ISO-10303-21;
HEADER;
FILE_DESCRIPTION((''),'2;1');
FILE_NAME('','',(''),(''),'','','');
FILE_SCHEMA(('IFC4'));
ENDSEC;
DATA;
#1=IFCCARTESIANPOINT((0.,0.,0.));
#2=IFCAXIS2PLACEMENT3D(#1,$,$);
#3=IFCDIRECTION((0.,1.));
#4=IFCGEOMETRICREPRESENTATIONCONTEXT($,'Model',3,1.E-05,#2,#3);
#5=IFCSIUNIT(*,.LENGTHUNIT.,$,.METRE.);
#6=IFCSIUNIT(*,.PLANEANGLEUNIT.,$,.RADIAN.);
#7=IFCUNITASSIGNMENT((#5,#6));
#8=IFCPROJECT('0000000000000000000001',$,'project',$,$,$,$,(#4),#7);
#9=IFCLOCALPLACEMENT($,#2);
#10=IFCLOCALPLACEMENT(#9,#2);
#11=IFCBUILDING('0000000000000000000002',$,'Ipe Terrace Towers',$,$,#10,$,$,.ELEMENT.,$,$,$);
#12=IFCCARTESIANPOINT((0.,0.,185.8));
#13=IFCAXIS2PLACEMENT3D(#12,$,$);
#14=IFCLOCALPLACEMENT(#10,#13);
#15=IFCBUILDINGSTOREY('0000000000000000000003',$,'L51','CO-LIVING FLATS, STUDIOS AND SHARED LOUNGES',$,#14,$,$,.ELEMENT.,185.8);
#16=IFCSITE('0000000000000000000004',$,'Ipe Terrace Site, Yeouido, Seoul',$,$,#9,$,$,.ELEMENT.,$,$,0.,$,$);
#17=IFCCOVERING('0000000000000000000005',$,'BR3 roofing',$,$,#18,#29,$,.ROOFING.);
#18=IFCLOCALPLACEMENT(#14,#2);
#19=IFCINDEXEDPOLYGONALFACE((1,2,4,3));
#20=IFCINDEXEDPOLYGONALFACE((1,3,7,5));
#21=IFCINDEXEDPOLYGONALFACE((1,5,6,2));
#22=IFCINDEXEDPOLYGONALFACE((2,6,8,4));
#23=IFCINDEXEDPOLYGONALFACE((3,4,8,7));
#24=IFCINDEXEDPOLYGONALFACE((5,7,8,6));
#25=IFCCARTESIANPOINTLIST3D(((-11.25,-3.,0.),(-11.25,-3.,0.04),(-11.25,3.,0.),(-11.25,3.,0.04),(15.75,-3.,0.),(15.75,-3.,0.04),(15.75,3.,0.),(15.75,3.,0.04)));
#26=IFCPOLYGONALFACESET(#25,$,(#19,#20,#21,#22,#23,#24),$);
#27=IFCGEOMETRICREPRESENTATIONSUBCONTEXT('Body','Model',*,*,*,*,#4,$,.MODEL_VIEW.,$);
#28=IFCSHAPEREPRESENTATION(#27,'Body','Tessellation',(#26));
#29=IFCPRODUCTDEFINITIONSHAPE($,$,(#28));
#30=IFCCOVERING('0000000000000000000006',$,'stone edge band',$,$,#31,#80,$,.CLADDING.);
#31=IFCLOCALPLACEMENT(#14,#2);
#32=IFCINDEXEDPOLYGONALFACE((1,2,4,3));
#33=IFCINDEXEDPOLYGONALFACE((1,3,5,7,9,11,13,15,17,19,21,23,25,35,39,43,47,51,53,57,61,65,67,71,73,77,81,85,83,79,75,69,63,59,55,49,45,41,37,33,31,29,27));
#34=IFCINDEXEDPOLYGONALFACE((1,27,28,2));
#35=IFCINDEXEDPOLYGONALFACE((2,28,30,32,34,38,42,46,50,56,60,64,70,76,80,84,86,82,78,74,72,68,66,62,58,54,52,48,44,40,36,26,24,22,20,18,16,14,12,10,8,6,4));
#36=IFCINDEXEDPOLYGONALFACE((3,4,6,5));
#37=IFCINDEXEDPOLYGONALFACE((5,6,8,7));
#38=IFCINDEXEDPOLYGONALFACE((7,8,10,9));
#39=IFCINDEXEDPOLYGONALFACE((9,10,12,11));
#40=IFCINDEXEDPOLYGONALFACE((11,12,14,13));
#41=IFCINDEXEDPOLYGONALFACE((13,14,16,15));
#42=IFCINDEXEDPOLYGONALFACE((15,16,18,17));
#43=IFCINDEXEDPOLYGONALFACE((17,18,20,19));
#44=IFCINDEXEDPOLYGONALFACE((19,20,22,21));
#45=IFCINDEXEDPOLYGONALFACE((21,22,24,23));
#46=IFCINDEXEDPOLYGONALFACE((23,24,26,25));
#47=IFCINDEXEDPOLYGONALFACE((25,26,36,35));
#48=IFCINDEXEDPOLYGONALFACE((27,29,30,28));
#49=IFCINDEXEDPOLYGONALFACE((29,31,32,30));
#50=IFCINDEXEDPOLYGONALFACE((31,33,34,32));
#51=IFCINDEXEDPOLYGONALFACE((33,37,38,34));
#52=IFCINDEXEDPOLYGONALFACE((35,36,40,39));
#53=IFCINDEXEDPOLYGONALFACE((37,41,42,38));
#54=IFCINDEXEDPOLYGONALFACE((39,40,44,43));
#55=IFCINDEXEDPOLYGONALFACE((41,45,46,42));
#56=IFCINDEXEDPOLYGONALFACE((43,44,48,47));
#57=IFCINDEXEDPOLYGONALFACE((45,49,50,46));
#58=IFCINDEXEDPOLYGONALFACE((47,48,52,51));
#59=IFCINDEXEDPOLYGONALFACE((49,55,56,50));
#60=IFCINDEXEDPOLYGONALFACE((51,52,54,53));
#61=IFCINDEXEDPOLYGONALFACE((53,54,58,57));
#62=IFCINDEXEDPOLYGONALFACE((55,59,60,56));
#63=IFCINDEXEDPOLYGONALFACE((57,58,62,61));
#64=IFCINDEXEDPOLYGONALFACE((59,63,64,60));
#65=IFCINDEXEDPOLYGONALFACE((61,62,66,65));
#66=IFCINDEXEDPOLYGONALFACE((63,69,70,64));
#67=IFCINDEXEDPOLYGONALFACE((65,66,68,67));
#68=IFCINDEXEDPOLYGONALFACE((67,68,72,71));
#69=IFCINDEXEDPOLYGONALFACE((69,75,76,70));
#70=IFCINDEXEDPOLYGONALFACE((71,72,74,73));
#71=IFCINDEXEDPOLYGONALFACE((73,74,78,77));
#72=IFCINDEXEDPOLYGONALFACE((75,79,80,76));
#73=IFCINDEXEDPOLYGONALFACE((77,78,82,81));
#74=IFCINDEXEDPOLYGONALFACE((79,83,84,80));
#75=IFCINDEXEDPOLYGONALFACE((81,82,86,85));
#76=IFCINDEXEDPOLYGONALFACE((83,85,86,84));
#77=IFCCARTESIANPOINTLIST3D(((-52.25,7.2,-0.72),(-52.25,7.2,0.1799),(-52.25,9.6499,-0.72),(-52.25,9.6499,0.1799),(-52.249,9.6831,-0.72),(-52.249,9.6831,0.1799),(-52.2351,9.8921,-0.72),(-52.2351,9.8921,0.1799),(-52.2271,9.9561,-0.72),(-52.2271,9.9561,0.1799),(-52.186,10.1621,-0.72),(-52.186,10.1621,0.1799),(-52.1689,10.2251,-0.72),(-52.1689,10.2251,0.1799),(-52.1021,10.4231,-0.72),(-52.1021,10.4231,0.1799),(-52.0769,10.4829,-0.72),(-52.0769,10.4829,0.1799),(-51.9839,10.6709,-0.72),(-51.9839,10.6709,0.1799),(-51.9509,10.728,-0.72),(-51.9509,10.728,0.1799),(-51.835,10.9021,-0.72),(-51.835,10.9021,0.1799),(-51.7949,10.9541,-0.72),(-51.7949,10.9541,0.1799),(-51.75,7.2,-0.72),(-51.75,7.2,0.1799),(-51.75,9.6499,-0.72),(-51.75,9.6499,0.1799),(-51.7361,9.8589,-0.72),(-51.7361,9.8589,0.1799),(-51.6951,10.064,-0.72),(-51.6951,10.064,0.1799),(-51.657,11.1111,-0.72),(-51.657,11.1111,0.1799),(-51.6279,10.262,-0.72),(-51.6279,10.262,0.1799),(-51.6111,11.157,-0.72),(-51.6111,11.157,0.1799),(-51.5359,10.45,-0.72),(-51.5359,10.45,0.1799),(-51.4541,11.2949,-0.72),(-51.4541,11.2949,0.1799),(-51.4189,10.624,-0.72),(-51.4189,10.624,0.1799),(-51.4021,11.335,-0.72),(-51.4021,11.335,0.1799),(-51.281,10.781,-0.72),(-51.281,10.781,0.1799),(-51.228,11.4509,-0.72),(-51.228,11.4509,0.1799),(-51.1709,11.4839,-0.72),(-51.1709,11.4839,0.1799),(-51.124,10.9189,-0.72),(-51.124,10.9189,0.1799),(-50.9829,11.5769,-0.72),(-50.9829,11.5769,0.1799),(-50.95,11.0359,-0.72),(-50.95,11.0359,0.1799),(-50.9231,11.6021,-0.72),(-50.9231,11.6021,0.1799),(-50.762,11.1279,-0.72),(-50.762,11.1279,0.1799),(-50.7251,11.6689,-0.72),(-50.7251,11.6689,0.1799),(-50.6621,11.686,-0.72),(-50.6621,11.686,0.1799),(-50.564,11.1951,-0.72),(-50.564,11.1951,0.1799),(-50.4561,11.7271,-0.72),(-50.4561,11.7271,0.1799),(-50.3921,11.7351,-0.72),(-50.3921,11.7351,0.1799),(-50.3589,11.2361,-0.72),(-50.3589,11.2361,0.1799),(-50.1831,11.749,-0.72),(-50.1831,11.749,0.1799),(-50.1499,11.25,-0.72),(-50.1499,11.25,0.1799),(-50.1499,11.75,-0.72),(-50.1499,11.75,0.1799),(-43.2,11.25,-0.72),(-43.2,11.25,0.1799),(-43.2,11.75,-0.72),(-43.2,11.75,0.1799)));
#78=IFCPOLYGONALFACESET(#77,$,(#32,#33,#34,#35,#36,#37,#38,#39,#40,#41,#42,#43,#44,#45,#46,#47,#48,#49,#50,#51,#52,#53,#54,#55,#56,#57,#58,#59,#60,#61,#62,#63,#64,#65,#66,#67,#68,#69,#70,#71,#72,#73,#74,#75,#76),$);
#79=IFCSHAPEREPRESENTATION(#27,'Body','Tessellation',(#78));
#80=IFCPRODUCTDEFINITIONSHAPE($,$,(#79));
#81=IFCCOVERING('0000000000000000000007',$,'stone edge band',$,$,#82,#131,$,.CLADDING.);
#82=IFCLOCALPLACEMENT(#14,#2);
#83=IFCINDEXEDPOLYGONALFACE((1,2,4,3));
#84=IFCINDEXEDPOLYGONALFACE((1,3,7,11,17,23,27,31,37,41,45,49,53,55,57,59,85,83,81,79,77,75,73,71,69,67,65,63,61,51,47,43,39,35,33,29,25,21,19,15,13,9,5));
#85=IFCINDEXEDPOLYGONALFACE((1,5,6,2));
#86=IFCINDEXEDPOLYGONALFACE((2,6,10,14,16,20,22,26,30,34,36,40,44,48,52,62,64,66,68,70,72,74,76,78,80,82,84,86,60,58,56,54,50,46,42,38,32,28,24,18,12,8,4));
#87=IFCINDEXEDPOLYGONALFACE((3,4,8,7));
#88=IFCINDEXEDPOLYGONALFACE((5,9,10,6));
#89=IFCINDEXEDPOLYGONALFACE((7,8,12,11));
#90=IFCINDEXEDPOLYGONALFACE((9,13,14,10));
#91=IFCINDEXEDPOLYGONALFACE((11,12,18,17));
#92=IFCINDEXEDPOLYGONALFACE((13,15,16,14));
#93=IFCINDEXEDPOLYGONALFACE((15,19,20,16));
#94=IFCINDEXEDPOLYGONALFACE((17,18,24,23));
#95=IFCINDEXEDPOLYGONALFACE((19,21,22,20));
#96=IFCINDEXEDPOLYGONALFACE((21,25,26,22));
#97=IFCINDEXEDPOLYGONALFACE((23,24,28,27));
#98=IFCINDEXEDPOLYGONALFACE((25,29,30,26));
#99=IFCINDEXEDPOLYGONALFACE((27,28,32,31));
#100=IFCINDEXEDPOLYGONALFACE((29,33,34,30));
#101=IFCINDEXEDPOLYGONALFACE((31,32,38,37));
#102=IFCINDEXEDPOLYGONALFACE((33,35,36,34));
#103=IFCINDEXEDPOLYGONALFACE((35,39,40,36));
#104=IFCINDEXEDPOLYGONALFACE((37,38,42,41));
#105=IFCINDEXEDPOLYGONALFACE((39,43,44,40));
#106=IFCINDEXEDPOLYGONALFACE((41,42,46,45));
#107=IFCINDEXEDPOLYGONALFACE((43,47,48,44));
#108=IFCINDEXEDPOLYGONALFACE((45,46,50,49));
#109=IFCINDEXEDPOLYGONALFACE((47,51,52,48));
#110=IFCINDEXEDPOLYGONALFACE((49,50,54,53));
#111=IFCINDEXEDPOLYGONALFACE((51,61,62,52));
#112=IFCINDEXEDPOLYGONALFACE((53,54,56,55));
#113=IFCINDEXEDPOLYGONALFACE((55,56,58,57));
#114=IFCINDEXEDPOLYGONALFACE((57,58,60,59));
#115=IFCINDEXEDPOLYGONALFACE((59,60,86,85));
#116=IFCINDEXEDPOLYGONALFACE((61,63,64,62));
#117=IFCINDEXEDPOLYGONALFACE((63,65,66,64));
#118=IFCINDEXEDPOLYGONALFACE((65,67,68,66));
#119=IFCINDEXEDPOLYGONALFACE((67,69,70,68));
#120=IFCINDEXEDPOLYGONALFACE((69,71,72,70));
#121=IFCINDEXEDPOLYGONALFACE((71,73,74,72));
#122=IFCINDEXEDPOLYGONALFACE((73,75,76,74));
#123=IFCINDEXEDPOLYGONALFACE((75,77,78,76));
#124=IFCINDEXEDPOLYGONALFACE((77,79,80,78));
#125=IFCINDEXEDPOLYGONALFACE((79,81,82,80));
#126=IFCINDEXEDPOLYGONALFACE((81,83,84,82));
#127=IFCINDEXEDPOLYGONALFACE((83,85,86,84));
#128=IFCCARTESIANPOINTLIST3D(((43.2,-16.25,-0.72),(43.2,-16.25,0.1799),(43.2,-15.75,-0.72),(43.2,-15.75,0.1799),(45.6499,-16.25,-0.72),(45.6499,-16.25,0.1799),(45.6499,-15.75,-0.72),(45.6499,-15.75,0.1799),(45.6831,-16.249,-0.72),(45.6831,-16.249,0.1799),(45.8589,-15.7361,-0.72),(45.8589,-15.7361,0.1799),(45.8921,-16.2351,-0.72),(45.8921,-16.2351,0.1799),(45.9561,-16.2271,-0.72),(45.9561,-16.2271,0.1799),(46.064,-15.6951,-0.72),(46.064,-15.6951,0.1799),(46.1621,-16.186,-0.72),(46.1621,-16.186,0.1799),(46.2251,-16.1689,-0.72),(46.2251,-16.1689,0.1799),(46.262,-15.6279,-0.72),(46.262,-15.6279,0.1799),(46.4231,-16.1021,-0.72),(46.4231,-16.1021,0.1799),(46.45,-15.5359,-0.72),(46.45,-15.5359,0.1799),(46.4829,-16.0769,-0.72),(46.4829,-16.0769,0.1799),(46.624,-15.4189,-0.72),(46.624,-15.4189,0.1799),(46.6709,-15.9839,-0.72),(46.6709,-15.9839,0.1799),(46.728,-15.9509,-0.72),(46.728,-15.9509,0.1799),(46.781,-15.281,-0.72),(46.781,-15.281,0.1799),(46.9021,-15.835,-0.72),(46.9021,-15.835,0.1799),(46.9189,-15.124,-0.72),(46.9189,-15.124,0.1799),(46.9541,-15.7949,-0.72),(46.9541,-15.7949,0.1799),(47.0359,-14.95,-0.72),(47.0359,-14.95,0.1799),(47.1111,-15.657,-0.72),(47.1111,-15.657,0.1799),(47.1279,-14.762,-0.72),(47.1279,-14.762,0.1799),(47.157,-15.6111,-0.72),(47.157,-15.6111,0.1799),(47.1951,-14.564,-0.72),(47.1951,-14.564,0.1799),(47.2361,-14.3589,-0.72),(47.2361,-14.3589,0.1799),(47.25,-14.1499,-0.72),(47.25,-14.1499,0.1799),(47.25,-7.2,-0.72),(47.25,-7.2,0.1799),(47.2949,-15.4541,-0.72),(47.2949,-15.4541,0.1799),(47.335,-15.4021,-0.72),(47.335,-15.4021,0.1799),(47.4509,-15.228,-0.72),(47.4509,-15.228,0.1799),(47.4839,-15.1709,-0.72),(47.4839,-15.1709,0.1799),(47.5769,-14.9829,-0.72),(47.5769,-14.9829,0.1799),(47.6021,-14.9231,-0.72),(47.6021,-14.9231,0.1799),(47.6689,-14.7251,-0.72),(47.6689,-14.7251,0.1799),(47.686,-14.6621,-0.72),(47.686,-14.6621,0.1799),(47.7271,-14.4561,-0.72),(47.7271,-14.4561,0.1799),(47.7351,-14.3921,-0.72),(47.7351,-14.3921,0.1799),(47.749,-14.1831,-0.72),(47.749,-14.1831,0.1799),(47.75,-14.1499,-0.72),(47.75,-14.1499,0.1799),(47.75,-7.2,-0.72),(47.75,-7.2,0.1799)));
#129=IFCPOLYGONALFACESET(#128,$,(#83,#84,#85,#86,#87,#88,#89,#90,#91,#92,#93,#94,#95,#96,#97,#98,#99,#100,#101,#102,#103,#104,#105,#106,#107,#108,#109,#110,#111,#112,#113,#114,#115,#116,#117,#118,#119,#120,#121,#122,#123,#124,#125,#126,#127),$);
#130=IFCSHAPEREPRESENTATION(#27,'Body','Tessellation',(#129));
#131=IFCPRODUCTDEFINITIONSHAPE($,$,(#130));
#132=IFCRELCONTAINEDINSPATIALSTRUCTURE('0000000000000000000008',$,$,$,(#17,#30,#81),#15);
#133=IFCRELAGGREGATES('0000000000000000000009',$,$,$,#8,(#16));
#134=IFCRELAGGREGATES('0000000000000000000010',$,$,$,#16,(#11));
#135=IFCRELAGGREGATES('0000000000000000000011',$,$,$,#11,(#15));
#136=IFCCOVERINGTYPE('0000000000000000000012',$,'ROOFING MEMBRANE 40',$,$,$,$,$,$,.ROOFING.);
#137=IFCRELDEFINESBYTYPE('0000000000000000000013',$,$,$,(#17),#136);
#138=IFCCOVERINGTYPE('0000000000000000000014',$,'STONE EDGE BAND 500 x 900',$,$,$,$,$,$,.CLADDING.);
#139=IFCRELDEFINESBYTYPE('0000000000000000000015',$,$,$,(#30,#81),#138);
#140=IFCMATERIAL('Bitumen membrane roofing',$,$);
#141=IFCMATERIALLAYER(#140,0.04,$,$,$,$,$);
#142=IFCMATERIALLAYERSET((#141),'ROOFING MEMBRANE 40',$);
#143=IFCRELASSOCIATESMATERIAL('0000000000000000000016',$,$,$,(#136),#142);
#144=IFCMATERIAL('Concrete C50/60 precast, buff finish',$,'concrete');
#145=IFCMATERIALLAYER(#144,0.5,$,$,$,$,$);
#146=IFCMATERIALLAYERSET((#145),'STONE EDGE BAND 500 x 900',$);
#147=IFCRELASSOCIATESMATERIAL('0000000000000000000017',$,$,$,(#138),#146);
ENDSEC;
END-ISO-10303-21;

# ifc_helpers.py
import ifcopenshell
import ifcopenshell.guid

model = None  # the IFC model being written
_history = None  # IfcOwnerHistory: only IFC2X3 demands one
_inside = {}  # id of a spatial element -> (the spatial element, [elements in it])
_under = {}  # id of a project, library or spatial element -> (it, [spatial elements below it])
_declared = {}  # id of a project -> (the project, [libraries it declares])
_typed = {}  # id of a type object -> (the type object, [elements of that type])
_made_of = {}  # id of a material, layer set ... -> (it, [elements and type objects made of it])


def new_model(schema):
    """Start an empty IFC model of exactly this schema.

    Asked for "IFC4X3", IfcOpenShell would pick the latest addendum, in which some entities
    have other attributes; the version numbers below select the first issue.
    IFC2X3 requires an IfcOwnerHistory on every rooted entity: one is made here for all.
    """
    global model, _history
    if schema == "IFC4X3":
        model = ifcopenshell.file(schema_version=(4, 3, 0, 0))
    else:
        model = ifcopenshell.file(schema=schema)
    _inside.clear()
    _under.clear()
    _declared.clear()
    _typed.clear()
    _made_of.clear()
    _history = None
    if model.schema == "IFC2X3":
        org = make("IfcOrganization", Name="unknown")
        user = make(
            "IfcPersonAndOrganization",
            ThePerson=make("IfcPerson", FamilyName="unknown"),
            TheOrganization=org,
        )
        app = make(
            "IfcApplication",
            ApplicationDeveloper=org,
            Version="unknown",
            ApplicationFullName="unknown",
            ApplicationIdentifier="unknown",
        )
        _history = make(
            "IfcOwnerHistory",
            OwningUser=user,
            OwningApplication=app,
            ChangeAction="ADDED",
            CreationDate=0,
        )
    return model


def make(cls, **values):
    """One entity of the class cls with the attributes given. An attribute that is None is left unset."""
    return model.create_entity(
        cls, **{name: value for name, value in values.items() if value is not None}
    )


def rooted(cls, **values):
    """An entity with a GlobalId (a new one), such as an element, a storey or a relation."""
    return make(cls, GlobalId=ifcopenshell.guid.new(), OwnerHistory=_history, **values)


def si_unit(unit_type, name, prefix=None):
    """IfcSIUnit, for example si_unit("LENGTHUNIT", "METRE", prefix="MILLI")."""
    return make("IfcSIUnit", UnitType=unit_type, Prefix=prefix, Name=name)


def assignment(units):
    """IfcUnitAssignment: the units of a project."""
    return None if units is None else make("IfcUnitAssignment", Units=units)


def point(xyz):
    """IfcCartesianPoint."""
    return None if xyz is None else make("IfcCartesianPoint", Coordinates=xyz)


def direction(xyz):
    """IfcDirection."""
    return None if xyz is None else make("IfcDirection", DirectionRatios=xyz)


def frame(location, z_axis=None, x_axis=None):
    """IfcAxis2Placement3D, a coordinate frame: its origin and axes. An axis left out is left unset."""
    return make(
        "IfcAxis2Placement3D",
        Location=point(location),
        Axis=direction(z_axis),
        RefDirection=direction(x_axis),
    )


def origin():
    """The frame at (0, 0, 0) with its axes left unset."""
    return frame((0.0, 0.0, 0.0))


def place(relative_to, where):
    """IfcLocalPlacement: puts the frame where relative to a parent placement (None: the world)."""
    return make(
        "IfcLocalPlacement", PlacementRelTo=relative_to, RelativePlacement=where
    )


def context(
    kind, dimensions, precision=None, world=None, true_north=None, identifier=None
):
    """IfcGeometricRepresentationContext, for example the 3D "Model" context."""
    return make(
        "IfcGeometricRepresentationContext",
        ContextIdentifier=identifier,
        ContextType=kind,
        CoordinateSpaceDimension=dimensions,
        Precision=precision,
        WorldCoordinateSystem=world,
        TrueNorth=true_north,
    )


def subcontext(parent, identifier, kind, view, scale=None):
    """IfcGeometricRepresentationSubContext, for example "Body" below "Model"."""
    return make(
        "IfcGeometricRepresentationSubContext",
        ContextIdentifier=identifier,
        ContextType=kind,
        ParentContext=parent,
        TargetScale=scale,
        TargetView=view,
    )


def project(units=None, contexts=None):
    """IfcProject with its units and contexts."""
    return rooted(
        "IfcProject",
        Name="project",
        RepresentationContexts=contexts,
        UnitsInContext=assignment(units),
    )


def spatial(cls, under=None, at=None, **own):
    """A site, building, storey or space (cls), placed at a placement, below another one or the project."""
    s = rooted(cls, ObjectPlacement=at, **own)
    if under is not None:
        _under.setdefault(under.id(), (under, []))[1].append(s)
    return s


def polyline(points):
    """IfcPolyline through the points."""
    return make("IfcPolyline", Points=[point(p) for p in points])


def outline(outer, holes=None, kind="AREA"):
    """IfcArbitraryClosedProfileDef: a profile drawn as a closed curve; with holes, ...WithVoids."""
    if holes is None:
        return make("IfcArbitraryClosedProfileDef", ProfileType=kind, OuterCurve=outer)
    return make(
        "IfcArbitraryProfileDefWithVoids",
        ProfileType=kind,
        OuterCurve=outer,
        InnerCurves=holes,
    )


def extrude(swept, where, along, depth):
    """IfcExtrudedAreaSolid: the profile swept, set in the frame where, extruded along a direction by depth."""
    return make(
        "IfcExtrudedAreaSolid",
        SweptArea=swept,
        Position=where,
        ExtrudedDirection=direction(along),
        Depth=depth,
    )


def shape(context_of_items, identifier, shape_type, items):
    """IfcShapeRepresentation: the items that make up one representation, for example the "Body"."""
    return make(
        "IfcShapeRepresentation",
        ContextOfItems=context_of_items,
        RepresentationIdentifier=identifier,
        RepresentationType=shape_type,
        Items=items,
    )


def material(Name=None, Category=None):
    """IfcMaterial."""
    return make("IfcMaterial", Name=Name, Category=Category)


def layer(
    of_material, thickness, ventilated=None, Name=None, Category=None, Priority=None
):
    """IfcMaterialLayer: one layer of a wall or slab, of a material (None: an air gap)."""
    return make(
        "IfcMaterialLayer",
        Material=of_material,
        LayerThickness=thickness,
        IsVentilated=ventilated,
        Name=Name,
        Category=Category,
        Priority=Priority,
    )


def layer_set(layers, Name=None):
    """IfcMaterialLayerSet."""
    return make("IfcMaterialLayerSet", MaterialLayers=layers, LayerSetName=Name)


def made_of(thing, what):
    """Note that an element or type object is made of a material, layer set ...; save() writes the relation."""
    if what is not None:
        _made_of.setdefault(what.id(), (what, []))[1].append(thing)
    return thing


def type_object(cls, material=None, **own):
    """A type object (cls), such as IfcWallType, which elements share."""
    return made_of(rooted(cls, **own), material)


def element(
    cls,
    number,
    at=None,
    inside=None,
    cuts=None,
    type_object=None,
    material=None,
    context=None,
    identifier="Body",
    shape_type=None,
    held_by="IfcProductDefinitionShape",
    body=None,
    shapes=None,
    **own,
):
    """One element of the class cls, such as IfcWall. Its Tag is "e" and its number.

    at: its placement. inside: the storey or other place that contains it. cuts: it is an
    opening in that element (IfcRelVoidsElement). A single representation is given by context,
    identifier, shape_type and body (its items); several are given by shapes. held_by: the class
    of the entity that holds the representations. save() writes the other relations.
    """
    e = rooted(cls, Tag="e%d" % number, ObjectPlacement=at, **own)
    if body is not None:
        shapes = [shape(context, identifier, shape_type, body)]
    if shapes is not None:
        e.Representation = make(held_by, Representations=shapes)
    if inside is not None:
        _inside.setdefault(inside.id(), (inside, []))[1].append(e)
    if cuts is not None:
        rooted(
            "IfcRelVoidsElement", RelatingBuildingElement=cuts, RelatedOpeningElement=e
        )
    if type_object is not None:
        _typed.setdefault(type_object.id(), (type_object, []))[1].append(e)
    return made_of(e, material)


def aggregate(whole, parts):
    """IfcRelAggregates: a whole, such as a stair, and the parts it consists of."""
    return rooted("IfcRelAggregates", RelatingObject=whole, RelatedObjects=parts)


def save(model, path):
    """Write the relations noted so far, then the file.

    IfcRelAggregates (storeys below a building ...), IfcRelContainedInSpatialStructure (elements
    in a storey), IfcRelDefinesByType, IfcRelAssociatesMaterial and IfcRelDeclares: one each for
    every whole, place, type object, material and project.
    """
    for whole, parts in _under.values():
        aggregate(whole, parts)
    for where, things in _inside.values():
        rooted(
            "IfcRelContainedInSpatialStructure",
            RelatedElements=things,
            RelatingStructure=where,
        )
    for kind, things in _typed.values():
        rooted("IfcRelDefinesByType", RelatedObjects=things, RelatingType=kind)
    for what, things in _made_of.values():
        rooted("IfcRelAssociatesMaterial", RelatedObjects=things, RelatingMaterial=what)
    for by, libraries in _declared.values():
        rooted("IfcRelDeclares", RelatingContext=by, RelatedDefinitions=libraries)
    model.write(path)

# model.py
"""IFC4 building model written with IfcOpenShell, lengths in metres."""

from ifc_helpers import new_model, si_unit, direction, frame, origin, place, context, subcontext, project, spatial, polyline, outline, extrude, material, layer, layer_set, type_object, element, save


model = new_model("IFC4")

# Units and contexts
model_context = context("Model", 3, precision=1e-05, world=origin(), true_north=direction((0.0, 1.0)))
body_context = subcontext(model_context, "Body", "Model", "MODEL_VIEW")
ifc_project = project(units=[si_unit("LENGTHUNIT", "METRE"), si_unit("PLANEANGLEUNIT", "RADIAN")], contexts=[model_context])

# Site, building, storey
site_placement = place(None, origin())
site = spatial("IfcSite", under=ifc_project, at=site_placement, Name="Ipe Terrace Site, Yeouido, Seoul", CompositionType="ELEMENT", RefElevation=0.0)
building_placement = place(site_placement, origin())
building = spatial("IfcBuilding", under=site, at=building_placement, Name="Ipe Terrace Towers", CompositionType="ELEMENT")
storey_placement = place(building_placement, frame((0.0, 0.0, 185.8)))
storey = spatial("IfcBuildingStorey", under=building, at=storey_placement, Name="L51", Description="CO-LIVING FLATS, STUDIOS AND SHARED LOUNGES", CompositionType="ELEMENT", Elevation=185.8)

# Coverings
ifc_material_1 = material(Name="Bitumen membrane roofing")
ifc_layer_1 = layer(ifc_material_1, 0.04)
ifc_layer_set_1 = layer_set([ifc_layer_1], Name="ROOFING MEMBRANE 40")
covering_type_1 = type_object("IfcCoveringType", Name="ROOFING MEMBRANE 40", PredefinedType="ROOFING", material=ifc_layer_set_1)
covering_1_placement = place(storey_placement, origin())
element("IfcCovering", 1, at=covering_1_placement, inside=storey, type_object=covering_type_1, Name="BR3 roofing", PredefinedType="ROOFING", context=body_context, shape_type="SweptSolid", body=[
    extrude(outline(polyline([(-11.25, -3.0), (15.75, -3.0), (15.75, 3.0), (-11.25, 3.0), (-11.25, -3.0)])), origin(), (0.0, 0.0, 1.0), 0.04),
])
ifc_material_2 = material(Name="Concrete C50/60 precast, buff finish", Category="concrete")
ifc_layer_2 = layer(ifc_material_2, 0.5)
ifc_layer_set_2 = layer_set([ifc_layer_2], Name="STONE EDGE BAND 500 x 900")
covering_type_2 = type_object("IfcCoveringType", Name="STONE EDGE BAND 500 x 900", PredefinedType="CLADDING", material=ifc_layer_set_2)
covering_2_placement = place(storey_placement, frame((0.0, 0.0, -0.72)))
element("IfcCovering", 2, at=covering_2_placement, inside=storey, type_object=covering_type_2, Name="stone edge band", PredefinedType="CLADDING", context=body_context, shape_type="SweptSolid", body=[
    extrude(outline(polyline([(-50.1499, 11.75), (-50.1831, 11.749), (-50.3921, 11.7351), (-50.4561, 11.7271), (-50.6621, 11.686), (-50.7251, 11.6689), (-50.9231, 11.6021), (-50.9829, 11.5769), (-51.1709, 11.4839), (-51.228, 11.4509), (-51.4021, 11.335), (-51.4541, 11.2949), (-51.6111, 11.157), (-51.657, 11.1111), (-51.7949, 10.9541), (-51.835, 10.9021), (-51.9509, 10.728), (-51.9839, 10.6709), (-52.0769, 10.4829), (-52.1021, 10.4231), (-52.1689, 10.2251), (-52.186, 10.1621), (-52.2271, 9.9561), (-52.2351, 9.8921), (-52.249, 9.6831), (-52.25, 9.6499), (-52.25, 7.2), (-51.75, 7.2), (-51.75, 9.6499), (-51.7361, 9.8589), (-51.6951, 10.064), (-51.6279, 10.262), (-51.5359, 10.45), (-51.4189, 10.624), (-51.281, 10.781), (-51.124, 10.9189), (-50.95, 11.0359), (-50.762, 11.1279), (-50.564, 11.1951), (-50.3589, 11.2361), (-50.1499, 11.25), (-43.2, 11.25), (-43.2, 11.75), (-50.1499, 11.75)])), origin(), (0.0, 0.0, 1.0), 0.8999),
])
covering_3_placement = place(storey_placement, frame((0.0, 0.0, -0.72)))
element("IfcCovering", 3, at=covering_3_placement, inside=storey, type_object=covering_type_2, Name="stone edge band", PredefinedType="CLADDING", context=body_context, shape_type="SweptSolid", body=[
    extrude(outline(polyline([(47.75, -14.1499), (47.75, -7.2), (47.25, -7.2), (47.25, -14.1499), (47.2361, -14.3589), (47.1951, -14.564), (47.1279, -14.762), (47.0359, -14.95), (46.9189, -15.124), (46.781, -15.281), (46.624, -15.4189), (46.45, -15.5359), (46.262, -15.6279), (46.064, -15.6951), (45.8589, -15.7361), (45.6499, -15.75), (43.2, -15.75), (43.2, -16.25), (45.6499, -16.25), (45.6831, -16.249), (45.8921, -16.2351), (45.9561, -16.2271), (46.1621, -16.186), (46.2251, -16.1689), (46.4231, -16.1021), (46.4829, -16.0769), (46.6709, -15.9839), (46.728, -15.9509), (46.9021, -15.835), (46.9541, -15.7949), (47.1111, -15.657), (47.157, -15.6111), (47.2949, -15.4541), (47.335, -15.4021), (47.4509, -15.228), (47.4839, -15.1709), (47.5769, -14.9829), (47.6021, -14.9231), (47.6689, -14.7251), (47.686, -14.6621), (47.7271, -14.4561), (47.7351, -14.3921), (47.749, -14.1831), (47.75, -14.1499)])), origin(), (0.0, 0.0, 1.0), 0.8999),
])

save(model, "model.ifc")
